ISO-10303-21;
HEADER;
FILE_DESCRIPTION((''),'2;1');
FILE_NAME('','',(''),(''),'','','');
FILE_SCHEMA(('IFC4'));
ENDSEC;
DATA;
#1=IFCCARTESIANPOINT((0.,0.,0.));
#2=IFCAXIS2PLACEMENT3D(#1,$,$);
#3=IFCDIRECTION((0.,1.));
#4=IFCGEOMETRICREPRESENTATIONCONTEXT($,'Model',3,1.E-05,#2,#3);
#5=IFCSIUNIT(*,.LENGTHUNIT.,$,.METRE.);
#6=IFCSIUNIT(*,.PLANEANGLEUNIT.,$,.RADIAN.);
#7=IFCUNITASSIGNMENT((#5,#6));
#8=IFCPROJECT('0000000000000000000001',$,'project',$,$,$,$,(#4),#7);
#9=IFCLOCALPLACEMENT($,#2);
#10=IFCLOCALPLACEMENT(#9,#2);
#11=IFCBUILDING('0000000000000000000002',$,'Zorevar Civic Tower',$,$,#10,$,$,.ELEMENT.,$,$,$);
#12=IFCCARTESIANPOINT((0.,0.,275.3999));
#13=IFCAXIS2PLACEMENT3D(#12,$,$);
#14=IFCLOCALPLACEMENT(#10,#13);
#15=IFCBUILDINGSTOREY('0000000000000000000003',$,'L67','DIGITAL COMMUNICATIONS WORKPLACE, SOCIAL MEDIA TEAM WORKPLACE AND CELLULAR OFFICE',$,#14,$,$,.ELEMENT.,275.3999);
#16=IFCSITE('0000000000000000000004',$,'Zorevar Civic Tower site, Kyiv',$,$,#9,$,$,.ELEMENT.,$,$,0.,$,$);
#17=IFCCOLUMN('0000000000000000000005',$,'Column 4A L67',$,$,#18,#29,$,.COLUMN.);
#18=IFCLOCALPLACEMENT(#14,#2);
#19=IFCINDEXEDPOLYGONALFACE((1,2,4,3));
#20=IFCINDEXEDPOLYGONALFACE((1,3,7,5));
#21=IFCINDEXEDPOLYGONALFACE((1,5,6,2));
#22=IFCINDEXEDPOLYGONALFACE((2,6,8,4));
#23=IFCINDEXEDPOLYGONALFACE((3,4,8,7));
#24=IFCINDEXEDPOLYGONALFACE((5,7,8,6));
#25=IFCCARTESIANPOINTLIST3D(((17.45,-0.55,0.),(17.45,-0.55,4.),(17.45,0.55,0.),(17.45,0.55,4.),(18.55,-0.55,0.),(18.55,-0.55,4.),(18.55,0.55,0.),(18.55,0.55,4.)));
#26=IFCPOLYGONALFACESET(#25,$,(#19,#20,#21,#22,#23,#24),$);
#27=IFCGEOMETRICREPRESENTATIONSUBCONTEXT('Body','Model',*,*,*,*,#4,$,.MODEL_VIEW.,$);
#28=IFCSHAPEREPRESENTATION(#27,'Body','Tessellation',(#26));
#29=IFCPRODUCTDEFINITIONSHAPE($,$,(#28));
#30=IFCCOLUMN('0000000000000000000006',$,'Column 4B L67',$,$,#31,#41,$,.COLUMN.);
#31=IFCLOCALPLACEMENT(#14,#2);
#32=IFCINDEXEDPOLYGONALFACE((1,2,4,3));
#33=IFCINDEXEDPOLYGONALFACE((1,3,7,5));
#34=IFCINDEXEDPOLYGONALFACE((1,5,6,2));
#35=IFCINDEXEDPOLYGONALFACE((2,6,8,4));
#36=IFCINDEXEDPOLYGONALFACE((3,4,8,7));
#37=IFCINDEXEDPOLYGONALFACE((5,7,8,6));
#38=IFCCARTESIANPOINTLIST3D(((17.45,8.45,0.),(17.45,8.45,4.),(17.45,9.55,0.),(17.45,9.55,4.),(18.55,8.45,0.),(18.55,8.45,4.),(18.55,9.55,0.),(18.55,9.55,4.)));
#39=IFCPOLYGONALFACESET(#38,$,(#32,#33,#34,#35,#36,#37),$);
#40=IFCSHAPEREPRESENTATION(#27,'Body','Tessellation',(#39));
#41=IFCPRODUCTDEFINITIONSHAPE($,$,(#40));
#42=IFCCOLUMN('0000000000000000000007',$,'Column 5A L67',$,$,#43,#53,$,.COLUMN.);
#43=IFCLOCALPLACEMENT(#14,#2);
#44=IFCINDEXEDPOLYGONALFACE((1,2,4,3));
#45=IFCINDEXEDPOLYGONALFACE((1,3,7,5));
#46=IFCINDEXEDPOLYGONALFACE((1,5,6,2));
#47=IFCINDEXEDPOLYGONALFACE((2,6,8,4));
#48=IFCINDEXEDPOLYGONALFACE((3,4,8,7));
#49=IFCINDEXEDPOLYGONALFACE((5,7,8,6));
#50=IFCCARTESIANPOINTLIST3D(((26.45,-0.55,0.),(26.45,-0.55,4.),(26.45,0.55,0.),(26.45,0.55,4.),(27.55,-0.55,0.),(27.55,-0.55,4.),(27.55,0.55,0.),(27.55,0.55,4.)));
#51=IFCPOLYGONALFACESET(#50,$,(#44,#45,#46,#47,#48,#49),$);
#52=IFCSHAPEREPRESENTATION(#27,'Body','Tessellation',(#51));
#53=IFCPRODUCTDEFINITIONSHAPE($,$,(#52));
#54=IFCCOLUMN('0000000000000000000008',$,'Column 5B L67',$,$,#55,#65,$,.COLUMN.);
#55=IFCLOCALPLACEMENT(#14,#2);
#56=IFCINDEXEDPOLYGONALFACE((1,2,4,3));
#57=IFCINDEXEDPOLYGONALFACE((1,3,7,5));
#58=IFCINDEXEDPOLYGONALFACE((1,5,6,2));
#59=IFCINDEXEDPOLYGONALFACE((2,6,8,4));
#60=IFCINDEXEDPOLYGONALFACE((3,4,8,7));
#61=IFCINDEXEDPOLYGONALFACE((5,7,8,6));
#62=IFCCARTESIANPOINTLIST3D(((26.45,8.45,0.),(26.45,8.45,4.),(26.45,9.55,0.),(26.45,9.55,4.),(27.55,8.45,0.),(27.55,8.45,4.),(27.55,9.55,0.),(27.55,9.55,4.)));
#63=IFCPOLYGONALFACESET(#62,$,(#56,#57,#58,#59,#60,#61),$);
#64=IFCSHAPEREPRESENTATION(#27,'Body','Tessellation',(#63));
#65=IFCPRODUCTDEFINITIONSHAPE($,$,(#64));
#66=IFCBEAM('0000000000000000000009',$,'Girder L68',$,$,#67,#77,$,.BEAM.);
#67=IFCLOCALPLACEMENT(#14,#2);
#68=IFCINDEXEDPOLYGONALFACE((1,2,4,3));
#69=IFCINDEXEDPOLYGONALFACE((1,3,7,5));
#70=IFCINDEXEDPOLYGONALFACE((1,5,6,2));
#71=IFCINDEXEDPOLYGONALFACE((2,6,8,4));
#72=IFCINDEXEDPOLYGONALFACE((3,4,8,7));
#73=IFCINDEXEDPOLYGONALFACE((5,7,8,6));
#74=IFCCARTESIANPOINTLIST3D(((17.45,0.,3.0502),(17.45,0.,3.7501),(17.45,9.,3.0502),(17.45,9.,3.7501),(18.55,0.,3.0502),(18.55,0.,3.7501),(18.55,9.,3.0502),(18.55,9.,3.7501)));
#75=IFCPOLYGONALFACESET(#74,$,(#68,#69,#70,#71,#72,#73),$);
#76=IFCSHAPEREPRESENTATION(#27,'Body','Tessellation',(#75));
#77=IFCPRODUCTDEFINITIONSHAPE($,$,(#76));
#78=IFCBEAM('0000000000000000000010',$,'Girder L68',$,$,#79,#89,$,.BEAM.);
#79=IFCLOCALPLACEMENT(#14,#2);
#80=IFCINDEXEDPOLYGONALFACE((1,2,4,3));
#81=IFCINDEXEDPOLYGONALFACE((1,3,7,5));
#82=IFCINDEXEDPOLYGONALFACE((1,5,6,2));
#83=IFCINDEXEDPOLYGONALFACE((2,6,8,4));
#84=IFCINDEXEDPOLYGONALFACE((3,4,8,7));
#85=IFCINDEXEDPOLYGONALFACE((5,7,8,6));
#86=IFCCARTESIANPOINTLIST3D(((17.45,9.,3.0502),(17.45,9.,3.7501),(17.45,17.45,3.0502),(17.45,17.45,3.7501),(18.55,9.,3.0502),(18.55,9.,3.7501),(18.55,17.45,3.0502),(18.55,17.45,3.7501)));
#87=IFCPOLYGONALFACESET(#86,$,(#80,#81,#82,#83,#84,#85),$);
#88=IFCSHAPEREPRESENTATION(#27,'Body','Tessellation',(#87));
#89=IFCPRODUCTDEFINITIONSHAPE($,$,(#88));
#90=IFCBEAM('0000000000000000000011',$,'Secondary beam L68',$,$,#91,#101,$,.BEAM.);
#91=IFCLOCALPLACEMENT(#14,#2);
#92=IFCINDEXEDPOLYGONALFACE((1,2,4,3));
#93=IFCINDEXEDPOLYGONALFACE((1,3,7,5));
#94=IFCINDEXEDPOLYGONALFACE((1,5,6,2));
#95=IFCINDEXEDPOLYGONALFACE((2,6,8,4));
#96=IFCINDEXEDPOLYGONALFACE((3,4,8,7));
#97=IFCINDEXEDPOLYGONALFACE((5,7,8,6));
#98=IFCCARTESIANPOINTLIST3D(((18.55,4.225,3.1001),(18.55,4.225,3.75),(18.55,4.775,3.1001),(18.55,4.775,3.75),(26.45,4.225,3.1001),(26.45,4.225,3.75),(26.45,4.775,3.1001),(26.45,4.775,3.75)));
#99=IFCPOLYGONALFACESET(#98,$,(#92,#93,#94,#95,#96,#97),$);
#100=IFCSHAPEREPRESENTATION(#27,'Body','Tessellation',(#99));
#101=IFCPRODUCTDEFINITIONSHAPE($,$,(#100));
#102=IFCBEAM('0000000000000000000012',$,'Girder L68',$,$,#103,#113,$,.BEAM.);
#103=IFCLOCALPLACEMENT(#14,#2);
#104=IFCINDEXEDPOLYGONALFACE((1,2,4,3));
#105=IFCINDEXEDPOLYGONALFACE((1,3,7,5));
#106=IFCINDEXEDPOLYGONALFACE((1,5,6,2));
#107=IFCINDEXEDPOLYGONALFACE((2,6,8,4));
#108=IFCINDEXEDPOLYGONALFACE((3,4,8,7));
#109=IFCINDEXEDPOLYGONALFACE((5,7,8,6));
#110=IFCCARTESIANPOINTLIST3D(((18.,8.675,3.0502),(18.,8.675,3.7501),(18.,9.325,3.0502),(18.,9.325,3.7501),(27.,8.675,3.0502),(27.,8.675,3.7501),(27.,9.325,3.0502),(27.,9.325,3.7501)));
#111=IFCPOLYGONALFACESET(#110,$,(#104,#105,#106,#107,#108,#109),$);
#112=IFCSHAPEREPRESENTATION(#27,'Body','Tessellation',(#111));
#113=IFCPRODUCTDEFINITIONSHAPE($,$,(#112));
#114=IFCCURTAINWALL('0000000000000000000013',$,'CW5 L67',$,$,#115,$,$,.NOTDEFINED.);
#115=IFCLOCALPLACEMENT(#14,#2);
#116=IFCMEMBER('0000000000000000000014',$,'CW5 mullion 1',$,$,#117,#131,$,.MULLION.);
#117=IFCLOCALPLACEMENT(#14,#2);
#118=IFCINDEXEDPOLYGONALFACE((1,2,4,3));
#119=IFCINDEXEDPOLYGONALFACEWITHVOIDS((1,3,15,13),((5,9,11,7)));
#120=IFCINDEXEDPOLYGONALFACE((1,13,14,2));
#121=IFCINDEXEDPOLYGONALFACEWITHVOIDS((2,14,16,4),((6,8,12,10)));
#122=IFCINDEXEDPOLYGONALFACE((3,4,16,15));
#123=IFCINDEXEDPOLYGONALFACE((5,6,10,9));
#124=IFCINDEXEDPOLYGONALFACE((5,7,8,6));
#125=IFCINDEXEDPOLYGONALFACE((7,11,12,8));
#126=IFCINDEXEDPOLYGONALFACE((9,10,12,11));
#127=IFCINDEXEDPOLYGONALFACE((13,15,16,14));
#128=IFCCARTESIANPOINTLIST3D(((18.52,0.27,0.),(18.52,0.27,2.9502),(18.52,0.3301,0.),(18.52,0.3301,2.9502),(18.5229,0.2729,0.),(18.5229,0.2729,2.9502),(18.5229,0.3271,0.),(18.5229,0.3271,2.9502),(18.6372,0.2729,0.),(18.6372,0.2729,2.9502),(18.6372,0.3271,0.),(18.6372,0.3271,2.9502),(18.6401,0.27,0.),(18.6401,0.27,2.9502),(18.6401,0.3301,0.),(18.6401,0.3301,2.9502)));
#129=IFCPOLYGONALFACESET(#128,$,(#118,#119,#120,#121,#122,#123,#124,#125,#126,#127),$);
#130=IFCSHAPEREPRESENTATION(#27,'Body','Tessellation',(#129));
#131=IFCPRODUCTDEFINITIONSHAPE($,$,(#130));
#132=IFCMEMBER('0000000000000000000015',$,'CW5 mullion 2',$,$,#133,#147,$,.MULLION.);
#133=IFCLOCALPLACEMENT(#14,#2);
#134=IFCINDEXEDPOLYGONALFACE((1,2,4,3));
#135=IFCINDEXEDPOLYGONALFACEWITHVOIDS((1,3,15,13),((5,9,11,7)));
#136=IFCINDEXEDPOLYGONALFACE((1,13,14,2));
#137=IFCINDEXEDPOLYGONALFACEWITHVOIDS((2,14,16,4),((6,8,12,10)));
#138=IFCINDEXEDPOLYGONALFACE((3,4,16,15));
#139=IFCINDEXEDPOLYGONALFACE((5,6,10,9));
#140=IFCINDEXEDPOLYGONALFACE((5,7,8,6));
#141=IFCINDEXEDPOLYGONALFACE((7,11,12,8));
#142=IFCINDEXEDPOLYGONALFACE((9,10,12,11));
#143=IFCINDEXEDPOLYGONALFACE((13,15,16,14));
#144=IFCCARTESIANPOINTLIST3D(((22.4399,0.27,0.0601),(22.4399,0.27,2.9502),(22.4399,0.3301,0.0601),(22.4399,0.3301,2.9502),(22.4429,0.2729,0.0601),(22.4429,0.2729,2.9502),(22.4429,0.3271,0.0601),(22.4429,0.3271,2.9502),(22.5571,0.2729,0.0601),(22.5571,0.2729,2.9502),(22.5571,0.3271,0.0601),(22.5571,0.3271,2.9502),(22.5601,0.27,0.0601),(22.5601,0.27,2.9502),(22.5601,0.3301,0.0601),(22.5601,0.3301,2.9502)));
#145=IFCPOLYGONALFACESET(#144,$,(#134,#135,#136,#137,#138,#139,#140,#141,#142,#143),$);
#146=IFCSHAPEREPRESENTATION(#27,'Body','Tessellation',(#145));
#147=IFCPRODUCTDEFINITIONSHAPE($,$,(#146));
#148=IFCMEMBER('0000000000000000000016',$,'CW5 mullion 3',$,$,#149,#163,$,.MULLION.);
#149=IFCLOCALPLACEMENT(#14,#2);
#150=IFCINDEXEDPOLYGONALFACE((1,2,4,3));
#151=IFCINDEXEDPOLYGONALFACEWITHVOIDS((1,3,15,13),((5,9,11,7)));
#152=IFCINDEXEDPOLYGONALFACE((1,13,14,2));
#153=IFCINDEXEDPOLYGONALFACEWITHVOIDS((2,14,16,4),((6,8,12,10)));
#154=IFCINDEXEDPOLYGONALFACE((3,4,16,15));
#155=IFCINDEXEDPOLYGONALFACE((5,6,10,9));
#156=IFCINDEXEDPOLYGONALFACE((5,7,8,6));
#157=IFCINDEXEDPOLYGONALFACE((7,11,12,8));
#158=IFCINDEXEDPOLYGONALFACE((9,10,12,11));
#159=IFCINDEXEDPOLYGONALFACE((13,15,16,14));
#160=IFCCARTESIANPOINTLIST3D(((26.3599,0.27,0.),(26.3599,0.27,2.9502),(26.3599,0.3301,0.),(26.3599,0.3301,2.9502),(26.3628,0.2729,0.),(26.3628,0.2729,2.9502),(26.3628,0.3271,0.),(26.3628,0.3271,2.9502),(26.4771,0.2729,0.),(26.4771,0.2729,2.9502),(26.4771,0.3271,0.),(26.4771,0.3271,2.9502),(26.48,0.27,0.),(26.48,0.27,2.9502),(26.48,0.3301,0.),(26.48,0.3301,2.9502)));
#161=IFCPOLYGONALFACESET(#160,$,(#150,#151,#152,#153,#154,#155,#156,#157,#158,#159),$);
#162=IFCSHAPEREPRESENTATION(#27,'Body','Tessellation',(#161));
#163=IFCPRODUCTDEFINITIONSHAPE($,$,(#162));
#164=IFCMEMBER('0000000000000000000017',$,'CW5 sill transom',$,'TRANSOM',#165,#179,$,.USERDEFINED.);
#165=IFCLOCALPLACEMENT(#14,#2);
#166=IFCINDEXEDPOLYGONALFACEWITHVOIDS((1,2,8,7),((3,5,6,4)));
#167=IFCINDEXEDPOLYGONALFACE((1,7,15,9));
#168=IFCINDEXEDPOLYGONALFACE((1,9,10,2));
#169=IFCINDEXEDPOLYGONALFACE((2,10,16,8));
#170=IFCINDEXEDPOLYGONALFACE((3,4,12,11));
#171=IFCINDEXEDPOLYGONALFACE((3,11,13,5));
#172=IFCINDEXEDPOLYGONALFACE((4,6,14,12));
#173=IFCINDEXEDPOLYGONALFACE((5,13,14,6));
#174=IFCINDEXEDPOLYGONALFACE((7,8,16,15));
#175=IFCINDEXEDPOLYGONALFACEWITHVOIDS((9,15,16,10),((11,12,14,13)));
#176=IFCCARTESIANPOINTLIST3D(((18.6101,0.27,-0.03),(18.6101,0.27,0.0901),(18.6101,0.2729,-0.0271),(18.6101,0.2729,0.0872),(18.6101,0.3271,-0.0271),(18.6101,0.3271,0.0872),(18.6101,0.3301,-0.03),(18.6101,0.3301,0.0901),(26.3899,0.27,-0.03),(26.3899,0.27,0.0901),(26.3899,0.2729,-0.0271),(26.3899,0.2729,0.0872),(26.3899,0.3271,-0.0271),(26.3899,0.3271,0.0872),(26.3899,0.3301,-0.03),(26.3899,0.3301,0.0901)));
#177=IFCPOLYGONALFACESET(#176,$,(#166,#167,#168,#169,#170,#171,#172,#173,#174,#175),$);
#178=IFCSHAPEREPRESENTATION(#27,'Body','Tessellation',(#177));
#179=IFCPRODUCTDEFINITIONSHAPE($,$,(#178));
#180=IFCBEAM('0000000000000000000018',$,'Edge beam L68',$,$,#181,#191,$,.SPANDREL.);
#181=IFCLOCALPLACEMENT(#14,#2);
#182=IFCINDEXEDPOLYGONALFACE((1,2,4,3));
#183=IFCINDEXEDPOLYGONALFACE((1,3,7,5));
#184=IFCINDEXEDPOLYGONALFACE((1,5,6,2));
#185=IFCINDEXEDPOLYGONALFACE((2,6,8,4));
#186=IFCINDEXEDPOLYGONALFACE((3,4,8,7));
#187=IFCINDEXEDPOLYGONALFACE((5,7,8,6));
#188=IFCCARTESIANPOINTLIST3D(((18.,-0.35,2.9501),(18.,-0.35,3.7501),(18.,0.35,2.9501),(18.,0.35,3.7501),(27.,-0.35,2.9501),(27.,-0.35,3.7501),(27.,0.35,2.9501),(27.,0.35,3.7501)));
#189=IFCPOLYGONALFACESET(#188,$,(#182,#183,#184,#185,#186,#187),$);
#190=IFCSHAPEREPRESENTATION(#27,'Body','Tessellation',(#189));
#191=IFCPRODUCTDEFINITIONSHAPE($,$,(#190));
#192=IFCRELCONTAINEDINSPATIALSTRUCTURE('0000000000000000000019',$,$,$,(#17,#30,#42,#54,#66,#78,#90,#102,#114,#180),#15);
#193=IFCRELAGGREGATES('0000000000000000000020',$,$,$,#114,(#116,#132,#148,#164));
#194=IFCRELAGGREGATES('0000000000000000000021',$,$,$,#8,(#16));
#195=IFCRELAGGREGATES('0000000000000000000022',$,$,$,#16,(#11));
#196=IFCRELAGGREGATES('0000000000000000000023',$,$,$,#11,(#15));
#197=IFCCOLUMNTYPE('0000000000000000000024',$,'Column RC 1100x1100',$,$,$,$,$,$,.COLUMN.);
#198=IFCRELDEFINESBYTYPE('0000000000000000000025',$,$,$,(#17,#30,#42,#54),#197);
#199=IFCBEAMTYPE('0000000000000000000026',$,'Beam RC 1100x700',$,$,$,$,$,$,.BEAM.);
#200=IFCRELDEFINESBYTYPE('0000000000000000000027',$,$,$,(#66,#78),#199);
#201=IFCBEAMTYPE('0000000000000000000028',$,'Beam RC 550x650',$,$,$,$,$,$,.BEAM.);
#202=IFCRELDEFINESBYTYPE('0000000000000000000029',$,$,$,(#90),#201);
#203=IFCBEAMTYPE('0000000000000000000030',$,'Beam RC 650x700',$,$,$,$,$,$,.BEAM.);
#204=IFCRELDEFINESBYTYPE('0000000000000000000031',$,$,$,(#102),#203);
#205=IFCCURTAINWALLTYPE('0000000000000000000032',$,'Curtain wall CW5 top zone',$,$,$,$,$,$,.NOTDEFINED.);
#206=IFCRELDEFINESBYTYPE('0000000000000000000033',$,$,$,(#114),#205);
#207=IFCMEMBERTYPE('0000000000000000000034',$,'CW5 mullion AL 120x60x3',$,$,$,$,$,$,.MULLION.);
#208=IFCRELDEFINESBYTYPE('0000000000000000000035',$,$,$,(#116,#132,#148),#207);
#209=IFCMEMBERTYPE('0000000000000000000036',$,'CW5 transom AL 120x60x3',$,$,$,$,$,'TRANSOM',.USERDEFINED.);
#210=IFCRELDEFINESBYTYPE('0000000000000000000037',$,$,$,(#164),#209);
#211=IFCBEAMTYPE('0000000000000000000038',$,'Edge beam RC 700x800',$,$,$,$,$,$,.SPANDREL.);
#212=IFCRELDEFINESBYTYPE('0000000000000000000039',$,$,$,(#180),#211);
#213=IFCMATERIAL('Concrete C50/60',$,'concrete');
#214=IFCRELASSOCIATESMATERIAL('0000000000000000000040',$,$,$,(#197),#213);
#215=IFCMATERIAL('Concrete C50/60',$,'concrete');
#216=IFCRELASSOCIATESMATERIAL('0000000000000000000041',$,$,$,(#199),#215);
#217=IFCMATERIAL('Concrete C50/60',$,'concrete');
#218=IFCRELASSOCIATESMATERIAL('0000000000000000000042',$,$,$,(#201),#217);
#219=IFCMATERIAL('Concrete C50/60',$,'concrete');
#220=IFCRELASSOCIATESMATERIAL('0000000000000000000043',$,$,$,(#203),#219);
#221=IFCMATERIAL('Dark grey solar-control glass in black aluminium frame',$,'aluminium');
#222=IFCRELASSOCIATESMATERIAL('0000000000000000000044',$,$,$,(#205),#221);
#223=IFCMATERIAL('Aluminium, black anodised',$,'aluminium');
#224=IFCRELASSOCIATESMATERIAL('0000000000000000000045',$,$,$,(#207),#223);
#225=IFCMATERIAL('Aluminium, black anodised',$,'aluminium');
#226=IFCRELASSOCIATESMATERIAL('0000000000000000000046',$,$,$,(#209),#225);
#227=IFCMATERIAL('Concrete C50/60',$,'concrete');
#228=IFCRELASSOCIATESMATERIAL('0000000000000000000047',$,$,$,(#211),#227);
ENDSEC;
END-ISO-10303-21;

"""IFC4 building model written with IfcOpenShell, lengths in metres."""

from ifc_helpers import new_model, si_unit, direction, frame, origin, origin_2d, place, context, subcontext, project, spatial, rectangle, hollow_rectangle, extrude, material, material_profile, profile_set, type_object, element, aggregate, save


model = new_model("IFC4")

# Units and contexts
model_context = context("Model", 3, precision=1e-05, world=origin(), true_north=direction((0.0, 1.0)))
body_context = subcontext(model_context, "Body", "Model", "MODEL_VIEW")
ifc_project = project(units=[si_unit("LENGTHUNIT", "METRE"), si_unit("PLANEANGLEUNIT", "RADIAN")], contexts=[model_context])

# Site, building, storey
site_placement = place(None, origin())
site = spatial("IfcSite", under=ifc_project, at=site_placement, Name="Zorevar Civic Tower site, Kyiv", CompositionType="ELEMENT", RefElevation=0.0)
building_placement = place(site_placement, origin())
building = spatial("IfcBuilding", under=site, at=building_placement, Name="Zorevar Civic Tower", CompositionType="ELEMENT")
storey_placement = place(building_placement, frame((0.0, 0.0, 275.3999)))
storey = spatial("IfcBuildingStorey", under=building, at=storey_placement, Name="L67", Description="DIGITAL COMMUNICATIONS WORKPLACE, SOCIAL MEDIA TEAM WORKPLACE AND CELLULAR OFFICE", CompositionType="ELEMENT", Elevation=275.3999)

# Columns
ifc_material_1 = material(Name="Concrete C50/60", Category="concrete")
ifc_material_profile_1 = material_profile(ifc_material_1, rectangle(XDim=1.1001, YDim=1.1001, at=origin_2d()), Name="RC 1100x1100")
ifc_profile_set_1 = profile_set([ifc_material_profile_1], Name="Concrete C50/60")
column_type = type_object("IfcColumnType", Name="Column RC 1100x1100", PredefinedType="COLUMN", material=ifc_profile_set_1)
for number, where, z_axis, x_axis, name in (
    (1, (18.0, 0.0, 0.0), (0.0, 0.0, 1.0), (1.0, 0.0, 0.0), "Column 4A L67"),
    (2, (18.0, 9.0, 0.0), (0.0, 0.0, 1.0), (1.0, 0.0, 0.0), "Column 4B L67"),
    (3, (27.0, 0.0, 0.0), (0.0, 0.0, 1.0), (1.0, 0.0, 0.0), "Column 5A L67"),
    (4, (27.0, 9.0, 0.0), (0.0, 0.0, 1.0), (1.0, 0.0, 0.0), "Column 5B L67"),
):
    element("IfcColumn", number, at=place(storey_placement, frame(where, z_axis=z_axis, x_axis=x_axis)), inside=storey, type_object=column_type, Name=name, PredefinedType="COLUMN", context=body_context, shape_type="SweptSolid", body=[
        extrude(rectangle(XDim=1.1001, YDim=1.1001, at=origin_2d()), origin(), (0.0, 0.0, 1.0), 4.0),
    ])

# Beams
ifc_material_2 = material(Name="Concrete C50/60", Category="concrete")
ifc_material_profile_2 = material_profile(ifc_material_2, rectangle(XDim=1.1001, YDim=0.7, at=origin_2d()), Name="RC 1100x700")
ifc_profile_set_2 = profile_set([ifc_material_profile_2], Name="Concrete C50/60")
beam_type_1 = type_object("IfcBeamType", Name="Beam RC 1100x700", PredefinedType="BEAM", material=ifc_profile_set_2)
beam_1_placement = place(storey_placement, frame((18.0, 0.0, 3.4001), z_axis=(0.0, 1.0, 0.0), x_axis=(-1.0, 0.0, 0.0)))
element("IfcBeam", 5, at=beam_1_placement, inside=storey, type_object=beam_type_1, Name="Girder L68", PredefinedType="BEAM", context=body_context, shape_type="SweptSolid", body=[
    extrude(rectangle(XDim=1.1001, YDim=0.7, at=origin_2d()), origin(), (0.0, 0.0, 1.0), 9.0),
])
beam_2_placement = place(storey_placement, frame((18.0, 9.0, 3.4001), z_axis=(0.0, 1.0, 0.0), x_axis=(-1.0, 0.0, 0.0)))
element("IfcBeam", 6, at=beam_2_placement, inside=storey, type_object=beam_type_1, Name="Girder L68", PredefinedType="BEAM", context=body_context, shape_type="SweptSolid", body=[
    extrude(rectangle(XDim=1.1001, YDim=0.7, at=origin_2d()), origin(), (0.0, 0.0, 1.0), 8.45),
])
ifc_material_3 = material(Name="Concrete C50/60", Category="concrete")
ifc_material_profile_3 = material_profile(ifc_material_3, rectangle(XDim=0.55, YDim=0.6499, at=origin_2d()), Name="RC 550x650")
ifc_profile_set_3 = profile_set([ifc_material_profile_3], Name="Concrete C50/60")
beam_type_2 = type_object("IfcBeamType", Name="Beam RC 550x650", PredefinedType="BEAM", material=ifc_profile_set_3)
beam_3_placement = place(storey_placement, frame((18.55, 4.5, 3.425), z_axis=(1.0, 0.0, 0.0), x_axis=(0.0, 1.0, 0.0)))
element("IfcBeam", 7, at=beam_3_placement, inside=storey, type_object=beam_type_2, Name="Secondary beam L68", PredefinedType="BEAM", context=body_context, shape_type="SweptSolid", body=[
    extrude(rectangle(XDim=0.55, YDim=0.6499, at=origin_2d()), origin(), (0.0, 0.0, 1.0), 7.8999),
])
ifc_material_4 = material(Name="Concrete C50/60", Category="concrete")
ifc_material_profile_4 = material_profile(ifc_material_4, rectangle(XDim=0.6499, YDim=0.7, at=origin_2d()), Name="RC 650x700")
ifc_profile_set_4 = profile_set([ifc_material_profile_4], Name="Concrete C50/60")
beam_type_3 = type_object("IfcBeamType", Name="Beam RC 650x700", PredefinedType="BEAM", material=ifc_profile_set_4)
beam_4_placement = place(storey_placement, frame((18.0, 9.0, 3.4001), z_axis=(1.0, 0.0, 0.0), x_axis=(0.0, 1.0, 0.0)))
element("IfcBeam", 8, at=beam_4_placement, inside=storey, type_object=beam_type_3, Name="Girder L68", PredefinedType="BEAM", context=body_context, shape_type="SweptSolid", body=[
    extrude(rectangle(XDim=0.6499, YDim=0.7, at=origin_2d()), origin(), (0.0, 0.0, 1.0), 9.0),
])

# Curtain wall, members
ifc_material_5 = material(Name="Dark grey solar-control glass in black aluminium frame", Category="aluminium")
curtain_wall_type = type_object("IfcCurtainWallType", Name="Curtain wall CW5 top zone", PredefinedType="NOTDEFINED", material=ifc_material_5)
curtain_wall_placement = place(storey_placement, origin())
curtain_wall = element("IfcCurtainWall", 9, at=curtain_wall_placement, inside=storey, type_object=curtain_wall_type, Name="CW5 L67", PredefinedType="NOTDEFINED")
ifc_material_6 = material(Name="Aluminium, black anodised", Category="aluminium")
ifc_material_profile_5 = material_profile(ifc_material_6, hollow_rectangle(XDim=0.0601, YDim=0.1201, WallThickness=0.0029, at=origin_2d()), Name="AL 120x60x3")
ifc_profile_set_5 = profile_set([ifc_material_profile_5], Name="Aluminium, black anodised")
member_type_1 = type_object("IfcMemberType", Name="CW5 mullion AL 120x60x3", PredefinedType="MULLION", material=ifc_profile_set_5)
member_1_placement = place(storey_placement, frame((18.5801, 0.3, 0.0), z_axis=(0.0, 0.0, 1.0), x_axis=(0.0, 1.0, 0.0)))
member_1 = element("IfcMember", 10, at=member_1_placement, type_object=member_type_1, Name="CW5 mullion 1", PredefinedType="MULLION", context=body_context, shape_type="SweptSolid", body=[
    extrude(hollow_rectangle(XDim=0.0601, YDim=0.1201, WallThickness=0.0029, at=origin_2d()), origin(), (0.0, 0.0, 1.0), 2.9502),
])
member_2_placement = place(storey_placement, frame((22.5, 0.3, 0.0601), z_axis=(0.0, 0.0, 1.0), x_axis=(0.0, 1.0, 0.0)))
member_2 = element("IfcMember", 11, at=member_2_placement, type_object=member_type_1, Name="CW5 mullion 2", PredefinedType="MULLION", context=body_context, shape_type="SweptSolid", body=[
    extrude(hollow_rectangle(XDim=0.0601, YDim=0.1201, WallThickness=0.0029, at=origin_2d()), origin(), (0.0, 0.0, 1.0), 2.8901),
])
member_3_placement = place(storey_placement, frame((26.4199, 0.3, 0.0), z_axis=(0.0, 0.0, 1.0), x_axis=(0.0, 1.0, 0.0)))
member_3 = element("IfcMember", 12, at=member_3_placement, type_object=member_type_1, Name="CW5 mullion 3", PredefinedType="MULLION", context=body_context, shape_type="SweptSolid", body=[
    extrude(hollow_rectangle(XDim=0.0601, YDim=0.1201, WallThickness=0.0029, at=origin_2d()), origin(), (0.0, 0.0, 1.0), 2.9502),
])
ifc_material_7 = material(Name="Aluminium, black anodised", Category="aluminium")
ifc_material_profile_6 = material_profile(ifc_material_7, hollow_rectangle(XDim=0.0601, YDim=0.1201, WallThickness=0.0029, at=origin_2d()), Name="AL 120x60x3")
ifc_profile_set_6 = profile_set([ifc_material_profile_6], Name="Aluminium, black anodised")
member_type_2 = type_object("IfcMemberType", Name="CW5 transom AL 120x60x3", ElementType="TRANSOM", PredefinedType="USERDEFINED", material=ifc_profile_set_6)
member_4_placement = place(storey_placement, frame((18.6101, 0.3, 0.03), z_axis=(1.0, 0.0, 0.0), x_axis=(0.0, 1.0, 0.0)))
member_4 = element("IfcMember", 13, at=member_4_placement, type_object=member_type_2, Name="CW5 sill transom", ObjectType="TRANSOM", PredefinedType="USERDEFINED", context=body_context, shape_type="SweptSolid", body=[
    extrude(hollow_rectangle(XDim=0.0601, YDim=0.1201, WallThickness=0.0029, at=origin_2d()), origin(), (0.0, 0.0, 1.0), 7.7798),
])

# Beam
ifc_material_8 = material(Name="Concrete C50/60", Category="concrete")
ifc_material_profile_7 = material_profile(ifc_material_8, rectangle(XDim=0.7, YDim=0.8, at=origin_2d()), Name="RC 700x800")
ifc_profile_set_7 = profile_set([ifc_material_profile_7], Name="Concrete C50/60")
beam_type_4 = type_object("IfcBeamType", Name="Edge beam RC 700x800", PredefinedType="SPANDREL", material=ifc_profile_set_7)
beam_5_placement = place(storey_placement, frame((18.0, 0.0, 3.3501), z_axis=(1.0, 0.0, 0.0), x_axis=(0.0, 1.0, 0.0)))
element("IfcBeam", 14, at=beam_5_placement, inside=storey, type_object=beam_type_4, Name="Edge beam L68", PredefinedType="SPANDREL", context=body_context, shape_type="SweptSolid", body=[
    extrude(rectangle(XDim=0.7, YDim=0.8, at=origin_2d()), origin(), (0.0, 0.0, 1.0), 9.0),
])

aggregate(curtain_wall, [member_1, member_2, member_3, member_4])

save(model, "model.ifc")
